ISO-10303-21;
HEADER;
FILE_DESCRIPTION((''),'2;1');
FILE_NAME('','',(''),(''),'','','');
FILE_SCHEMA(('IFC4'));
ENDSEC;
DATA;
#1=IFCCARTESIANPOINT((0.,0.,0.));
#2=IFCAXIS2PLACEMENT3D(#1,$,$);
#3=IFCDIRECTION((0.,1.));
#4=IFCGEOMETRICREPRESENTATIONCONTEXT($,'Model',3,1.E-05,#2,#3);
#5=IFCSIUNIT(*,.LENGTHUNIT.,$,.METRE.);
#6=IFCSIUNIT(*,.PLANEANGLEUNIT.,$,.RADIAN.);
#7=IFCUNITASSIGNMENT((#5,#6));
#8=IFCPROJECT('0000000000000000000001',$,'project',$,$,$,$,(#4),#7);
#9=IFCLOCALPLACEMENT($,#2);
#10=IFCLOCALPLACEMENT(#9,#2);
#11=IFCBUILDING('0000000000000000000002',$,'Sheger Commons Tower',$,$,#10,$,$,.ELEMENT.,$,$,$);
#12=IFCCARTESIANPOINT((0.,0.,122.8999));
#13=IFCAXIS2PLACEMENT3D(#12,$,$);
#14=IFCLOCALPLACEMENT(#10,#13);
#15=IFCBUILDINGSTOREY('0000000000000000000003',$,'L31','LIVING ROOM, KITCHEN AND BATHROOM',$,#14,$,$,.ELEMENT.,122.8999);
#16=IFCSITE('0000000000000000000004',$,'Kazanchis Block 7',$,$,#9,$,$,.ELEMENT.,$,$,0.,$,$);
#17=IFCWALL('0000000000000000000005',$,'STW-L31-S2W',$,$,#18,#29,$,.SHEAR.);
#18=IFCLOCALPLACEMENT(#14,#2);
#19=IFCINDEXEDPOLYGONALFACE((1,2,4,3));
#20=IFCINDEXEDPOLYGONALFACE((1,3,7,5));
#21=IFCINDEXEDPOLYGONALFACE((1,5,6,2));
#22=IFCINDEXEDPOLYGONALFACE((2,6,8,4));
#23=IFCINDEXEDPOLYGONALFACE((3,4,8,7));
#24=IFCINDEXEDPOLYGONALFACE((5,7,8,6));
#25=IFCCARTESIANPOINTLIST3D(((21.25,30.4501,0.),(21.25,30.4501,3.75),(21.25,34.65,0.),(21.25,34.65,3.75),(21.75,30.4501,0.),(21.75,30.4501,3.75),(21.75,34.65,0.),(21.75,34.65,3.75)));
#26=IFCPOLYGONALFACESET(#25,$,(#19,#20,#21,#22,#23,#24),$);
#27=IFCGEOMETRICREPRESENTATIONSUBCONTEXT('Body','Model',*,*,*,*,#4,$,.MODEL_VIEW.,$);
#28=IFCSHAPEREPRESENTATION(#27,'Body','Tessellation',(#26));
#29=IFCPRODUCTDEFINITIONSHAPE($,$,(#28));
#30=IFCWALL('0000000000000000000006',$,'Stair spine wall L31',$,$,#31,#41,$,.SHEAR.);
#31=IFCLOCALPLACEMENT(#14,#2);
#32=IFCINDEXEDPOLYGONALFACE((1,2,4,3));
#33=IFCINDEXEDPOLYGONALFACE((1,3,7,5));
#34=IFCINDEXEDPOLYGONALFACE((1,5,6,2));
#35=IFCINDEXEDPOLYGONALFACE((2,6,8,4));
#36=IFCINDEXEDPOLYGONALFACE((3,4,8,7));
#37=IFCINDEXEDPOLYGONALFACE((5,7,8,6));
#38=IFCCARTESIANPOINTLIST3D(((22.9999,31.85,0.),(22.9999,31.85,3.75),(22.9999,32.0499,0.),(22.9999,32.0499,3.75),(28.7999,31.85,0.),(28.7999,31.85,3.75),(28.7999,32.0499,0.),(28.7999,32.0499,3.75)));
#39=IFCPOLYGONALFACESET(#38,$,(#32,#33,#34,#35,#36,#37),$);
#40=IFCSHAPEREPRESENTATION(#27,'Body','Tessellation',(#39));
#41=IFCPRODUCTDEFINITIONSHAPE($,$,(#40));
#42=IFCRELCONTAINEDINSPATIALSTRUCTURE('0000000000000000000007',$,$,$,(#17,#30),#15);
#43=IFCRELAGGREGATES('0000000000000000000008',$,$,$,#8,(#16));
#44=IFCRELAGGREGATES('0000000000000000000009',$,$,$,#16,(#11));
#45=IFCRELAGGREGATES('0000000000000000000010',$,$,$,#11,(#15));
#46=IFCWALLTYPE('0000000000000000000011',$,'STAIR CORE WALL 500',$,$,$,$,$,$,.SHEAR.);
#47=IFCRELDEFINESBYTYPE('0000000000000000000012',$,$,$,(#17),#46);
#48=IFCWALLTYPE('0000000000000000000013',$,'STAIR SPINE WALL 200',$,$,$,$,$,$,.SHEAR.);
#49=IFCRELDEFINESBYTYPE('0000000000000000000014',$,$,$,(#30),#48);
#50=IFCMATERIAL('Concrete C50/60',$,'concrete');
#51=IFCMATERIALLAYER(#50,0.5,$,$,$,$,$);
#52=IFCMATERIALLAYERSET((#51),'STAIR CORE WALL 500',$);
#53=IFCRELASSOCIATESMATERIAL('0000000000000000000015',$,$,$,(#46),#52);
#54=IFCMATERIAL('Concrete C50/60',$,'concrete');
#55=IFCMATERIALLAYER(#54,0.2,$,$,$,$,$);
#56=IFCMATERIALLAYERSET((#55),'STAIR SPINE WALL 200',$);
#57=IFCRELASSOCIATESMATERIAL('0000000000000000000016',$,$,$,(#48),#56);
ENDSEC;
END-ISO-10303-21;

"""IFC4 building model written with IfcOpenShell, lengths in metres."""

from ifc_helpers import new_model, si_unit, direction, frame, frame_2d, origin, place, context, subcontext, project, spatial, rectangle, extrude, material, layer, layer_set, type_object, element, save


model = new_model("IFC4")

# Units and contexts
model_context = context("Model", 3, precision=1e-05, world=origin(), true_north=direction((0.0, 1.0)))
body_context = subcontext(model_context, "Body", "Model", "MODEL_VIEW")
ifc_project = project(units=[si_unit("LENGTHUNIT", "METRE"), si_unit("PLANEANGLEUNIT", "RADIAN")], contexts=[model_context])

# Site, building, storey
site_placement = place(None, origin())
site = spatial("IfcSite", under=ifc_project, at=site_placement, Name="Kazanchis Block 7", CompositionType="ELEMENT", RefElevation=0.0)
building_placement = place(site_placement, origin())
building = spatial("IfcBuilding", under=site, at=building_placement, Name="Sheger Commons Tower", CompositionType="ELEMENT")
storey_placement = place(building_placement, frame((0.0, 0.0, 122.8999)))
storey = spatial("IfcBuildingStorey", under=building, at=storey_placement, Name="L31", Description="LIVING ROOM, KITCHEN AND BATHROOM", CompositionType="ELEMENT", Elevation=122.8999)

# Walls
ifc_material_1 = material(Name="Concrete C50/60", Category="concrete")
ifc_layer_1 = layer(ifc_material_1, 0.5)
ifc_layer_set_1 = layer_set([ifc_layer_1], Name="STAIR CORE WALL 500")
wall_type_1 = type_object("IfcWallType", Name="STAIR CORE WALL 500", PredefinedType="SHEAR", material=ifc_layer_set_1)
wall_1_placement = place(storey_placement, frame((21.5, 30.45, 0.0), z_axis=(0.0, 0.0, 1.0), x_axis=(0.0, 1.0, 0.0)))
element("IfcWall", 1, at=wall_1_placement, inside=storey, type_object=wall_type_1, Name="STW-L31-S2W", PredefinedType="SHEAR", context=body_context, shape_type="SweptSolid", body=[
    extrude(rectangle(XDim=4.2, YDim=0.5, at=frame_2d((2.1001, 0.0))), origin(), (0.0, 0.0, 1.0), 3.75),
])
ifc_material_2 = material(Name="Concrete C50/60", Category="concrete")
ifc_layer_2 = layer(ifc_material_2, 0.2)
ifc_layer_set_2 = layer_set([ifc_layer_2], Name="STAIR SPINE WALL 200")
wall_type_2 = type_object("IfcWallType", Name="STAIR SPINE WALL 200", PredefinedType="SHEAR", material=ifc_layer_set_2)
wall_2_placement = place(storey_placement, frame((23.0, 31.95, 0.0), z_axis=(0.0, 0.0, 1.0), x_axis=(1.0, 0.0, 0.0)))
element("IfcWall", 2, at=wall_2_placement, inside=storey, type_object=wall_type_2, Name="Stair spine wall L31", PredefinedType="SHEAR", context=body_context, shape_type="SweptSolid", body=[
    extrude(rectangle(XDim=5.8, YDim=0.2, at=frame_2d((2.8999, 0.0))), origin(), (0.0, 0.0, 1.0), 3.75),
])

save(model, "model.ifc")
